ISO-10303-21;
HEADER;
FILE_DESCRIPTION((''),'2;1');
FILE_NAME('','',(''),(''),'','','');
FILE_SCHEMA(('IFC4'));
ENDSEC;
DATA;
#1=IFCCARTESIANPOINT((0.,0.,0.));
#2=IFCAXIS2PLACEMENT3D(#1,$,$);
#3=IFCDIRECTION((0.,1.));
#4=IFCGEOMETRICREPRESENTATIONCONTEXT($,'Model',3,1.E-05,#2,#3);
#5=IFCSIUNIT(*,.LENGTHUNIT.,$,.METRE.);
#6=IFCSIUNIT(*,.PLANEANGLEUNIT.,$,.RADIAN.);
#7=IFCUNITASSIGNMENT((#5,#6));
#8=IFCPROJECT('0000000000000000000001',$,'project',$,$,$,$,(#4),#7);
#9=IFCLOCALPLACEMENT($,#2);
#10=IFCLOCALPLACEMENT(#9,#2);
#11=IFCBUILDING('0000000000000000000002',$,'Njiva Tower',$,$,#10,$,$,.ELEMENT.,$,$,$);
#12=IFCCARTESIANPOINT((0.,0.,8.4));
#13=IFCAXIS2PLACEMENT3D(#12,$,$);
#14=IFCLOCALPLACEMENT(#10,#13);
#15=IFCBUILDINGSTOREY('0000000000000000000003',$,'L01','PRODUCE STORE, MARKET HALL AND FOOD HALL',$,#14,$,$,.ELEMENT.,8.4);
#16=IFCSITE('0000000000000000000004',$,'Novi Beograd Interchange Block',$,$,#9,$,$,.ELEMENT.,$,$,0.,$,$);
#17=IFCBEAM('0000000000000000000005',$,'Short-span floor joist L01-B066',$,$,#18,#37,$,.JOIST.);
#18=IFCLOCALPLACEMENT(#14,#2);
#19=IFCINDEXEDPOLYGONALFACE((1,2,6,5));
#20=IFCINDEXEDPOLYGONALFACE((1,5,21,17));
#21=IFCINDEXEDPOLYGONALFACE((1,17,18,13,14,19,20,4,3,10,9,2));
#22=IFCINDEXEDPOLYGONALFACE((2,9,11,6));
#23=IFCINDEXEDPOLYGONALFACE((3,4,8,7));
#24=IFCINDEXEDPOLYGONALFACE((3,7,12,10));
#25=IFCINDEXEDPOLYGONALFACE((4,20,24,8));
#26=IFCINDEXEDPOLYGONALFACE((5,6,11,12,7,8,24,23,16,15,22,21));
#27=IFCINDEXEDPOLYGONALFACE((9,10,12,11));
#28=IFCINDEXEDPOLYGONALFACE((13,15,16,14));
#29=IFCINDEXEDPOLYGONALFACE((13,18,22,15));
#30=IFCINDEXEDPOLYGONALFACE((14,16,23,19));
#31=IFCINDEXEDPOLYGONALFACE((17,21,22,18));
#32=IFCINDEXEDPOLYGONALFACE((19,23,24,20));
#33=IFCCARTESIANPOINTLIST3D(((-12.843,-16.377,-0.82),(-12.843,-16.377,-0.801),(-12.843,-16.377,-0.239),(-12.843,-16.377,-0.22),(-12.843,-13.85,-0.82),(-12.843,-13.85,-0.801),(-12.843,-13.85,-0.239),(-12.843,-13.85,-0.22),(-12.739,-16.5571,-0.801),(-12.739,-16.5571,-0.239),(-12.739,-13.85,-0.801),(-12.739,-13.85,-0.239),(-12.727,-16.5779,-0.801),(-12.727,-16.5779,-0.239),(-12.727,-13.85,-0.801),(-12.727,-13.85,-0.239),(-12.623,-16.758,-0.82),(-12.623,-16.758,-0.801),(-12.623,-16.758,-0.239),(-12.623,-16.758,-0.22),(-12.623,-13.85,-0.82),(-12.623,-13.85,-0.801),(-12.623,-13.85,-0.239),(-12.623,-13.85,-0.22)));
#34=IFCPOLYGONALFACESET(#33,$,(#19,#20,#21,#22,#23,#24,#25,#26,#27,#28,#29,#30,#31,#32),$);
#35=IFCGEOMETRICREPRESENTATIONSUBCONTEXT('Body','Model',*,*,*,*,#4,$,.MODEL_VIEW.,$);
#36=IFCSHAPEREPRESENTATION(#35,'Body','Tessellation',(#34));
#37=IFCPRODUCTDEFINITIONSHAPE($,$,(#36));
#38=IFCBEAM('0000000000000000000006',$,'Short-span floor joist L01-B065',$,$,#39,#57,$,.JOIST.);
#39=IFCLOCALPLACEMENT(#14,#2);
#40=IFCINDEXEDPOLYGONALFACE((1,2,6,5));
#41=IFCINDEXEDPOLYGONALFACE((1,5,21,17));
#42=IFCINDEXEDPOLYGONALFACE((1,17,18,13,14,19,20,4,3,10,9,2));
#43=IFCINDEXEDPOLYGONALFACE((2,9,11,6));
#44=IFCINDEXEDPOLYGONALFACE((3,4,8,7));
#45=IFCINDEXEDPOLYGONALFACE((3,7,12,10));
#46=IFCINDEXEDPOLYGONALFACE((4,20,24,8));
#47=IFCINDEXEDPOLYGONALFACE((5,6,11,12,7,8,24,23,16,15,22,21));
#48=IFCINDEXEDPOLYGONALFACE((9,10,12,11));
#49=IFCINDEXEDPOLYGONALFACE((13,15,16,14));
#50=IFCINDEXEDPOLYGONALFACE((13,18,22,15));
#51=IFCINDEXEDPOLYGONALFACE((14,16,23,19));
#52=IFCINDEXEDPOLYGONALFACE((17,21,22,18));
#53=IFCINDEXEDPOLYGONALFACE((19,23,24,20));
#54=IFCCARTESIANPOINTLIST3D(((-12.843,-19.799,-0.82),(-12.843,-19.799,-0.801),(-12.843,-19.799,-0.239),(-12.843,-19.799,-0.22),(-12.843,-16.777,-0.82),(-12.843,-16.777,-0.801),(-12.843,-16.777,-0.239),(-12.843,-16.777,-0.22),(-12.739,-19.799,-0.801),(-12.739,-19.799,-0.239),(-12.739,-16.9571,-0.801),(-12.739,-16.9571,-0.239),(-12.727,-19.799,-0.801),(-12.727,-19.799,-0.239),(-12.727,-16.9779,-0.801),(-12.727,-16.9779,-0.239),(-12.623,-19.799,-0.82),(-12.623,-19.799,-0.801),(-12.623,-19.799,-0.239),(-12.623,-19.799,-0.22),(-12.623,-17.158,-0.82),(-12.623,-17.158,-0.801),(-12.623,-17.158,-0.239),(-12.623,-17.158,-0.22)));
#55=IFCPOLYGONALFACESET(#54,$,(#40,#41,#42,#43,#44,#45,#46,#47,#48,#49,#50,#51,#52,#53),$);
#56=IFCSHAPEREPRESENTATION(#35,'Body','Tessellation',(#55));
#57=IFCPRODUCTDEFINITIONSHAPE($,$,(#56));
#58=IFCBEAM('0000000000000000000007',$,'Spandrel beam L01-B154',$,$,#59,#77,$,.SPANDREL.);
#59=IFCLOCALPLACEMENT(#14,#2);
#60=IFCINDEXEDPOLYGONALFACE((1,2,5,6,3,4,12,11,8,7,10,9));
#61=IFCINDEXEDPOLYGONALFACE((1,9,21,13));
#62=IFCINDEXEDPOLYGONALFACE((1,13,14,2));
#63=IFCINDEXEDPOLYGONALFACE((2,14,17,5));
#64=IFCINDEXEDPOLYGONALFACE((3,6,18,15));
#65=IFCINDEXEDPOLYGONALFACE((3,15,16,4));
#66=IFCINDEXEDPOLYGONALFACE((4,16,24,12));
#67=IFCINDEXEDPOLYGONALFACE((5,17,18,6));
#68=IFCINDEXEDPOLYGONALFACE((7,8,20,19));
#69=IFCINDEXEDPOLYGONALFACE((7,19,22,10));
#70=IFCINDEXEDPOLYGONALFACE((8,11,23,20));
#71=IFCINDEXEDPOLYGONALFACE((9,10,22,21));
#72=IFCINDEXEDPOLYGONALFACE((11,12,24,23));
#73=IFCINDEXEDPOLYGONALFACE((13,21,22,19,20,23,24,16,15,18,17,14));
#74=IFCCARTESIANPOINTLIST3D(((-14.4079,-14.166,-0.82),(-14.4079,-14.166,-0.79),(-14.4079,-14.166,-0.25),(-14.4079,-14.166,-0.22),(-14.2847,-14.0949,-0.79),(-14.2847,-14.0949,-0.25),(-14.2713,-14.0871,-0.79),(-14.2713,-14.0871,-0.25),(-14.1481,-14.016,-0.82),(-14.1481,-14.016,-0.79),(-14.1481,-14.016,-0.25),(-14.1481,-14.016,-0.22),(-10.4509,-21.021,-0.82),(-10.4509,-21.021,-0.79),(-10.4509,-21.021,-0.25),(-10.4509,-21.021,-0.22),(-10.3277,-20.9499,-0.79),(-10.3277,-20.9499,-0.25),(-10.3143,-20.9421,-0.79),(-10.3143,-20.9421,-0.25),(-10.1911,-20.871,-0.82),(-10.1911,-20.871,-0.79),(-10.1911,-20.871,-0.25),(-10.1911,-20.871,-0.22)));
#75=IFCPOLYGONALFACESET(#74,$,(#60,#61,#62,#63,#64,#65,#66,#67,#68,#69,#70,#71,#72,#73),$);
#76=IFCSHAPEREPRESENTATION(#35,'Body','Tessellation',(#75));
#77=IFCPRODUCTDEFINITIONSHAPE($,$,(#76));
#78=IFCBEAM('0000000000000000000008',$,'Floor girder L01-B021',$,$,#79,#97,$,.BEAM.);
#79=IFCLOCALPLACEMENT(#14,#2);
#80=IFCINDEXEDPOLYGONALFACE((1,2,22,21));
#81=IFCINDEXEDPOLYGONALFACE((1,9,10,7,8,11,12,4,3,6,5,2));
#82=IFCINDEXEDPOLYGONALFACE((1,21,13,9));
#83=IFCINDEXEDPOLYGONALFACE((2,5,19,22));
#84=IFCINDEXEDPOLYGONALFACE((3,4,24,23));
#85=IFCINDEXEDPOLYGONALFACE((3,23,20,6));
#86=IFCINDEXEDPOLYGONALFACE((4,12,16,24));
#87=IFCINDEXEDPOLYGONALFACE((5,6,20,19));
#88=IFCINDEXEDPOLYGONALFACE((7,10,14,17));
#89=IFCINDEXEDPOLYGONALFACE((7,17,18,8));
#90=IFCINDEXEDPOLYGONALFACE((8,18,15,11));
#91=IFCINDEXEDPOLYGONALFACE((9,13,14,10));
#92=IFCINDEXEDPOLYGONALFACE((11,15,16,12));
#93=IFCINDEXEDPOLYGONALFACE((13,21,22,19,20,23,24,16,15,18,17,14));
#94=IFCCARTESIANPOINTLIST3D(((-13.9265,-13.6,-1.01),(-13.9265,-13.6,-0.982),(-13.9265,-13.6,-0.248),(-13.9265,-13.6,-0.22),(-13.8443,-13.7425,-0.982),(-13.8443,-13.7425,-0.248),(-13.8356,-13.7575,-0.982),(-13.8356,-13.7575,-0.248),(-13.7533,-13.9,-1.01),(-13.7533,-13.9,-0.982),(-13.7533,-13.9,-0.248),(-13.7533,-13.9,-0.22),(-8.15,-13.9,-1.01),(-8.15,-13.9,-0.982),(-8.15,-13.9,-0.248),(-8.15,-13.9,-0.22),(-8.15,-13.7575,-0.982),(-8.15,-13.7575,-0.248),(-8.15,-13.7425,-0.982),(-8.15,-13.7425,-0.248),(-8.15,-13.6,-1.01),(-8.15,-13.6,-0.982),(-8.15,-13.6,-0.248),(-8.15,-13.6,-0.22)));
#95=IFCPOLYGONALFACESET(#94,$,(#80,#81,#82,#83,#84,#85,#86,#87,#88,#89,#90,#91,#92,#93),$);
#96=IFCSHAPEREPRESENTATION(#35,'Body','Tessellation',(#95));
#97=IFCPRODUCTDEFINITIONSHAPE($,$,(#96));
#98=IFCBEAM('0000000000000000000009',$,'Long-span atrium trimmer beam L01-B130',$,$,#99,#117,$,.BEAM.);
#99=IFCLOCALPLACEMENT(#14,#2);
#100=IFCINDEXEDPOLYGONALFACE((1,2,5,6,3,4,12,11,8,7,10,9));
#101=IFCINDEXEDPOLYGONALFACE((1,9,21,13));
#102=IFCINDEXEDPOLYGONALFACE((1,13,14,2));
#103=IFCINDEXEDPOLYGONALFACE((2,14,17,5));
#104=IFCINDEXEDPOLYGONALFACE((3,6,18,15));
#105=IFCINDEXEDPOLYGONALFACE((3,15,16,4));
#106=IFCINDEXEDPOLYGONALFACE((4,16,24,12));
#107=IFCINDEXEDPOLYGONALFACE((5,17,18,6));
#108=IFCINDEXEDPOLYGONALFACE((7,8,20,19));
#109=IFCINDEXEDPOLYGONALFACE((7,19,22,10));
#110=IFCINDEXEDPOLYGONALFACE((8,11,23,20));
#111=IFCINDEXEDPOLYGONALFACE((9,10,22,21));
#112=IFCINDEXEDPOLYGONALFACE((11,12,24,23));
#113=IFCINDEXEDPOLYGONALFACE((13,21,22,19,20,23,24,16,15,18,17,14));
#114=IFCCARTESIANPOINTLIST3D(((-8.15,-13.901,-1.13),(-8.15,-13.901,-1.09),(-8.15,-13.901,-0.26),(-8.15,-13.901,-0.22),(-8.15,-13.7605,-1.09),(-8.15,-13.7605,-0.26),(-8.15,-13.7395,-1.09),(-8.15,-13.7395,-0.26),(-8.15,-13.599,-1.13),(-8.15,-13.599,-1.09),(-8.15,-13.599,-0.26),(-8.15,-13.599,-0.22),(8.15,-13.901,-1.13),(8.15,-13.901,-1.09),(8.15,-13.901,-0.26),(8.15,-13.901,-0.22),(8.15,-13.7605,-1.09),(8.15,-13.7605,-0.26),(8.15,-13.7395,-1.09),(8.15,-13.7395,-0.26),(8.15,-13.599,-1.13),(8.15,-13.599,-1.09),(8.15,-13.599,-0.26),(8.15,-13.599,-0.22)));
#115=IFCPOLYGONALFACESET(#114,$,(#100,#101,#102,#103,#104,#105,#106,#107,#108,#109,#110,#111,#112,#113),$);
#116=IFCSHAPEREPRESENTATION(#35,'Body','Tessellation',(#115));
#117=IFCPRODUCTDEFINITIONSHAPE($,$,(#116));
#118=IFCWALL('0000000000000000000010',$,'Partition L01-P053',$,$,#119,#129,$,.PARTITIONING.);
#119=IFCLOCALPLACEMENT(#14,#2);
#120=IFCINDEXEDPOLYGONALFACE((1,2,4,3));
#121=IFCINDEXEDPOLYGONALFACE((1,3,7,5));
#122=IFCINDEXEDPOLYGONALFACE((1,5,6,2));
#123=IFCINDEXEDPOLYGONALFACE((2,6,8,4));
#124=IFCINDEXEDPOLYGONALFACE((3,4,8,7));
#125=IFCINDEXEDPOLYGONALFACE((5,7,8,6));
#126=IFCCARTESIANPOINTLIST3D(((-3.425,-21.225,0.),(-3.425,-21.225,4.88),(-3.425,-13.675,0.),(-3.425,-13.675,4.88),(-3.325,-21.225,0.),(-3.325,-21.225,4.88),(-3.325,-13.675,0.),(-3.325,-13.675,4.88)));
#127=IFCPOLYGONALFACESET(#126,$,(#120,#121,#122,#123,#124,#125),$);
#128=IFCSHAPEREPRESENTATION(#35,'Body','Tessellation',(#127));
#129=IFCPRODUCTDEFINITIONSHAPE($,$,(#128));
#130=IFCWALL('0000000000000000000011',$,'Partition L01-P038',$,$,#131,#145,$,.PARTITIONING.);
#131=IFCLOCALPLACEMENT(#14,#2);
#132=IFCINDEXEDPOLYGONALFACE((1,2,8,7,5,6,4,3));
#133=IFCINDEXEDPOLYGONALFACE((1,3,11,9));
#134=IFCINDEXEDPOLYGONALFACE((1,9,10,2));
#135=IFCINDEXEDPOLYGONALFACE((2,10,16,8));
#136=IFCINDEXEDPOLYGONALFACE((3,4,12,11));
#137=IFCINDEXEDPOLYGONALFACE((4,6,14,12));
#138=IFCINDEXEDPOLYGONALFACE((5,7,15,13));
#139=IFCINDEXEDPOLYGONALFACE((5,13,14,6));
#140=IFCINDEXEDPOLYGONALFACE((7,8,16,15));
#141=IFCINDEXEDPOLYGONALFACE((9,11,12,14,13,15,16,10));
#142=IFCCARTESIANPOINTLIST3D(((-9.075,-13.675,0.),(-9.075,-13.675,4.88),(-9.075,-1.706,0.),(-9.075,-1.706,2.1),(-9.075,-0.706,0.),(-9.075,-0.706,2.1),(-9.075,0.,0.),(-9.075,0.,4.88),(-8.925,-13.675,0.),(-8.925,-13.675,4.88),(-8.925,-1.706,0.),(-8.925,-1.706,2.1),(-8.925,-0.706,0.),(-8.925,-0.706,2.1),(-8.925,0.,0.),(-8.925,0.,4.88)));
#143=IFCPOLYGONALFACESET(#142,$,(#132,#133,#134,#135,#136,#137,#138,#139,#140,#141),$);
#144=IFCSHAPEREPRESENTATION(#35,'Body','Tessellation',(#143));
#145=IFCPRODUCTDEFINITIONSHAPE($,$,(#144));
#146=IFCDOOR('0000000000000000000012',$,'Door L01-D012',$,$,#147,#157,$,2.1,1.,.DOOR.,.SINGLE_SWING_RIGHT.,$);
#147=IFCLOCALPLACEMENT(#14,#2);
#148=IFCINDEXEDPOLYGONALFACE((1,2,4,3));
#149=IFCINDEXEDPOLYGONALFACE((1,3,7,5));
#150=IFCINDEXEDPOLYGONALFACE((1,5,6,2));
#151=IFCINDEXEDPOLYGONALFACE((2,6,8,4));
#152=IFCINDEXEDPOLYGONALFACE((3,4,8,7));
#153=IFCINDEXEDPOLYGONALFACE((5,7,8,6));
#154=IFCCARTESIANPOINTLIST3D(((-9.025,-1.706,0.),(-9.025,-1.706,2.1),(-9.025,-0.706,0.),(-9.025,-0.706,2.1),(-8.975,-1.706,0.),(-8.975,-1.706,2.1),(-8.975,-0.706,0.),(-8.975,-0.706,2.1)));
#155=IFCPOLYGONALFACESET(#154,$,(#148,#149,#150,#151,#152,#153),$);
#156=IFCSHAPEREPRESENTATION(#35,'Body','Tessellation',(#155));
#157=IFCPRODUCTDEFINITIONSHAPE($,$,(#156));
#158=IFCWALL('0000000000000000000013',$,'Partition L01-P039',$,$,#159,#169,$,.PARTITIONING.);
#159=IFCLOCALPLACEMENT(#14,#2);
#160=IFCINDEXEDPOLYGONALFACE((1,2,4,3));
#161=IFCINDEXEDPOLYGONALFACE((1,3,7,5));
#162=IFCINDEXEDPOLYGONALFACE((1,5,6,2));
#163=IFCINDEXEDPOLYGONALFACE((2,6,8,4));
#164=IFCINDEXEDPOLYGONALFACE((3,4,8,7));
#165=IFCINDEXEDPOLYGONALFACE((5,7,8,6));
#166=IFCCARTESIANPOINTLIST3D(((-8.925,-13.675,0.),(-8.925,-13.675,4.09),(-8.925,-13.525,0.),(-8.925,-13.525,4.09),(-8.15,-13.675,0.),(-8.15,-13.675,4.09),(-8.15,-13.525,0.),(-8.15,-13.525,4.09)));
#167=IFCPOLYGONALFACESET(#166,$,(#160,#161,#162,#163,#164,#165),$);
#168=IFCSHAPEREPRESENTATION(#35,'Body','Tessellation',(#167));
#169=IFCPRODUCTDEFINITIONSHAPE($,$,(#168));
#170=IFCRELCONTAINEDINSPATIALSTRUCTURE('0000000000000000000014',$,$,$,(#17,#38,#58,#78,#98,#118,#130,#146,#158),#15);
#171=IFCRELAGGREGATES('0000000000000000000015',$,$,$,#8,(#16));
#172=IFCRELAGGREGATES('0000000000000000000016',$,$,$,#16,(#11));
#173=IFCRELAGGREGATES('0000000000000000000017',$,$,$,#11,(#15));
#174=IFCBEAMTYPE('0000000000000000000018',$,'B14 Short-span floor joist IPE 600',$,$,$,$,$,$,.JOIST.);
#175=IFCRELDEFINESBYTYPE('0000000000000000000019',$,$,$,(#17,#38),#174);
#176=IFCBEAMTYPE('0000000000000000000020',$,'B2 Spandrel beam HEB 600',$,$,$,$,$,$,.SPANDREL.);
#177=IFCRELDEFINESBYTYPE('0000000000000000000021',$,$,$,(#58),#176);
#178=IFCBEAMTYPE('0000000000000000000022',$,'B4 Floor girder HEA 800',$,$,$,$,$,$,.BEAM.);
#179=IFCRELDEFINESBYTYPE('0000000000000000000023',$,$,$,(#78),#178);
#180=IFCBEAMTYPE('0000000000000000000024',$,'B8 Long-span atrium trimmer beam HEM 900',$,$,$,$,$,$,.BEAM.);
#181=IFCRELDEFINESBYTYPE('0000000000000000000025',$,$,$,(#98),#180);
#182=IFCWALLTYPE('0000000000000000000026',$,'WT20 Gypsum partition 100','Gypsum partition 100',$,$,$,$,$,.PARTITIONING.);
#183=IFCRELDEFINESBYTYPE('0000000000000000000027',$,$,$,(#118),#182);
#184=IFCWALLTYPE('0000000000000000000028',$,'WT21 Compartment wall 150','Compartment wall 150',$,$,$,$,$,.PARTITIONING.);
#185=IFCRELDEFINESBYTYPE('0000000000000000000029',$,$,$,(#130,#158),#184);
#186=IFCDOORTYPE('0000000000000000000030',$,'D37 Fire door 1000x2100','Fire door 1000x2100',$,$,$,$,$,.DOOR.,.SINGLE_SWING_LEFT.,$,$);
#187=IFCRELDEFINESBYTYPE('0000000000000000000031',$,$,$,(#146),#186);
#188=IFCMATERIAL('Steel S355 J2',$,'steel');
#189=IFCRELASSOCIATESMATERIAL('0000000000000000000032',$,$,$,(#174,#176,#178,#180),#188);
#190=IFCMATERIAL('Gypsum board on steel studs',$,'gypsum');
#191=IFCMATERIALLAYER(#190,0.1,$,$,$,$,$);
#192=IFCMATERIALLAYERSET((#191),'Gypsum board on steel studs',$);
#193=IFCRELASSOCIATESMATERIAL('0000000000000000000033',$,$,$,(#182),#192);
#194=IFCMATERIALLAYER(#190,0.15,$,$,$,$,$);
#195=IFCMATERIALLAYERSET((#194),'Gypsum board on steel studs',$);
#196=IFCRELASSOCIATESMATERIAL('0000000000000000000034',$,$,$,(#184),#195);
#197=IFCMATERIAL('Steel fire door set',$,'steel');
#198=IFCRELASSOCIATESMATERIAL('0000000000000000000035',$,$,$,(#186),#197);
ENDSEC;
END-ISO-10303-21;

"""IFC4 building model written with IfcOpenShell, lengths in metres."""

from ifc_helpers import new_model, si_unit, direction, frame, frame_2d, origin, origin_2d, place, context, subcontext, project, spatial, rectangle, i_section, extrude, clip, halfspace, material, layer, layer_set, material_profile, profile_set, type_object, element, fill, save


model = new_model("IFC4")

# Units and contexts
model_context = context("Model", 3, precision=1e-05, world=origin(), true_north=direction((0.0, 1.0)))
body_context = subcontext(model_context, "Body", "Model", "MODEL_VIEW")
ifc_project = project(units=[si_unit("LENGTHUNIT", "METRE"), si_unit("PLANEANGLEUNIT", "RADIAN")], contexts=[model_context])

# Site, building, storey
site_placement = place(None, origin())
site = spatial("IfcSite", under=ifc_project, at=site_placement, Name="Novi Beograd Interchange Block", CompositionType="ELEMENT", RefElevation=0.0)
building_placement = place(site_placement, origin())
building = spatial("IfcBuilding", under=site, at=building_placement, Name="Njiva Tower", CompositionType="ELEMENT")
storey_placement = place(building_placement, frame((0.0, 0.0, 8.4)))
storey = spatial("IfcBuildingStorey", under=building, at=storey_placement, Name="L01", Description="PRODUCE STORE, MARKET HALL AND FOOD HALL", CompositionType="ELEMENT", Elevation=8.4)

# Shared definitions
ifc_material_1 = material(Name="Steel S355 J2", Category="steel")

# Beams
ifc_material_profile_1 = material_profile(ifc_material_1, i_section(OverallWidth=0.22, OverallDepth=0.6, WebThickness=0.012, FlangeThickness=0.019, at=origin_2d()), Name="IPE 600")
ifc_profile_set_1 = profile_set([ifc_material_profile_1], Name="Steel S355 J2")
beam_type_1 = type_object("IfcBeamType", Name="B14 Short-span floor joist IPE 600", PredefinedType="JOIST", material=ifc_profile_set_1)
beam_1_placement = place(storey_placement, frame((-12.733, -13.85, -0.52), z_axis=(0.0, -1.0, 0.0), x_axis=(1.0, 0.0, 0.0)))
element("IfcBeam", 1, at=beam_1_placement, inside=storey, type_object=beam_type_1, Name="Short-span floor joist L01-B066", PredefinedType="JOIST", context=body_context, shape_type="Clipping", body=[
    clip(extrude(i_section(OverallWidth=0.22, OverallDepth=0.6, WebThickness=0.012, FlangeThickness=0.019, at=origin_2d()), origin(), (0.0, 0.0, 1.0), 2.928), halfspace(frame((-0.0436, 0.0, 2.642), z_axis=(-0.866027, 0.0, 0.499998), x_axis=(0.0, 1.0, 0.0)), False)),
])
beam_2_placement = place(storey_placement, frame((-12.733, -16.756, -0.52), z_axis=(0.0, -1.0, 0.0), x_axis=(1.0, 0.0, 0.0)))
element("IfcBeam", 2, at=beam_2_placement, inside=storey, type_object=beam_type_1, Name="Short-span floor joist L01-B065", PredefinedType="JOIST", context=body_context, shape_type="Clipping", body=[
    clip(extrude(i_section(OverallWidth=0.22, OverallDepth=0.6, WebThickness=0.012, FlangeThickness=0.019, at=origin_2d()), origin(), (0.0, 0.0, 1.0), 3.043), halfspace(frame((0.043, 0.0, 0.286), z_axis=(0.866027, 0.0, -0.499998), x_axis=(0.0, -1.0, 0.0)), False)),
])
ifc_material_profile_2 = material_profile(ifc_material_1, i_section(OverallWidth=0.3, OverallDepth=0.6, WebThickness=0.0155, FlangeThickness=0.03, at=origin_2d()), Name="HEB 600")
ifc_profile_set_2 = profile_set([ifc_material_profile_2], Name="Steel S355 J2")
beam_type_2 = type_object("IfcBeamType", Name="B2 Spandrel beam HEB 600", PredefinedType="SPANDREL", material=ifc_profile_set_2)
beam_3_placement = place(storey_placement, frame((-14.278, -14.091, -0.52), z_axis=(0.49993, -0.866066, 0.0), x_axis=(0.866066, 0.49993, 0.0)))
element("IfcBeam", 3, at=beam_3_placement, inside=storey, type_object=beam_type_2, Name="Spandrel beam L01-B154", PredefinedType="SPANDREL", context=body_context, shape_type="SweptSolid", body=[
    extrude(i_section(OverallWidth=0.3, OverallDepth=0.6, WebThickness=0.0155, FlangeThickness=0.03, at=origin_2d()), origin(), (0.0, 0.0, 1.0), 7.9151),
])
ifc_material_profile_3 = material_profile(ifc_material_1, i_section(OverallWidth=0.3, OverallDepth=0.79, WebThickness=0.015, FlangeThickness=0.028, at=origin_2d()), Name="HEA 800")
ifc_profile_set_3 = profile_set([ifc_material_profile_3], Name="Steel S355 J2")
beam_type_3 = type_object("IfcBeamType", Name="B4 Floor girder HEA 800", PredefinedType="BEAM", material=ifc_profile_set_3)
beam_4_placement = place(storey_placement, frame((-13.947, -13.75, -0.615), z_axis=(1.0, 0.0, 0.0), x_axis=(0.0, 1.0, 0.0)))
element("IfcBeam", 4, at=beam_4_placement, inside=storey, type_object=beam_type_3, Name="Floor girder L01-B021", PredefinedType="BEAM", context=body_context, shape_type="Clipping", body=[
    clip(extrude(i_section(OverallWidth=0.3, OverallDepth=0.79, WebThickness=0.015, FlangeThickness=0.028, at=origin_2d()), origin(), (0.0, 0.0, 1.0), 5.797), halfspace(frame((-0.025, 0.0, 0.1215), z_axis=(-0.499998, 0.0, -0.866027), x_axis=(0.0, -1.0, 0.0)), False)),
])
ifc_material_profile_4 = material_profile(ifc_material_1, i_section(OverallWidth=0.302, OverallDepth=0.91, WebThickness=0.021, FlangeThickness=0.04, at=origin_2d()), Name="HEM 900")
ifc_profile_set_4 = profile_set([ifc_material_profile_4], Name="Steel S355 J2")
beam_type_4 = type_object("IfcBeamType", Name="B8 Long-span atrium trimmer beam HEM 900", PredefinedType="BEAM", material=ifc_profile_set_4)
beam_5_placement = place(storey_placement, frame((-8.15, -13.75, -0.675), z_axis=(1.0, 0.0, 0.0), x_axis=(0.0, 1.0, 0.0)))
element("IfcBeam", 5, at=beam_5_placement, inside=storey, type_object=beam_type_4, Name="Long-span atrium trimmer beam L01-B130", PredefinedType="BEAM", context=body_context, shape_type="SweptSolid", body=[
    extrude(i_section(OverallWidth=0.302, OverallDepth=0.91, WebThickness=0.021, FlangeThickness=0.04, at=origin_2d()), origin(), (0.0, 0.0, 1.0), 16.3),
])

# Wall
ifc_material_2 = material(Name="Gypsum board on steel studs", Category="gypsum")
ifc_layer_1 = layer(ifc_material_2, 0.1)
ifc_layer_set_1 = layer_set([ifc_layer_1], Name="Gypsum board on steel studs")
wall_type_1 = type_object("IfcWallType", Name="WT20 Gypsum partition 100", Description="Gypsum partition 100", PredefinedType="PARTITIONING", material=ifc_layer_set_1)
wall_1_placement = place(storey_placement, frame((-3.375, -21.225, 0.0), z_axis=(0.0, 0.0, 1.0), x_axis=(0.0, 1.0, 0.0)))
element("IfcWall", 6, at=wall_1_placement, inside=storey, type_object=wall_type_1, Name="Partition L01-P053", PredefinedType="PARTITIONING", context=body_context, shape_type="SweptSolid", body=[
    extrude(rectangle(XDim=7.55, YDim=0.1, at=frame_2d((3.775, 0.0))), origin(), (0.0, 0.0, 1.0), 4.88),
])

# Wall, opening, door
ifc_layer_2 = layer(ifc_material_2, 0.15)
ifc_layer_set_2 = layer_set([ifc_layer_2], Name="Gypsum board on steel studs")
wall_type_2 = type_object("IfcWallType", Name="WT21 Compartment wall 150", Description="Compartment wall 150", PredefinedType="PARTITIONING", material=ifc_layer_set_2)
wall_2_placement = place(storey_placement, frame((-9.0, -13.675, 0.0), z_axis=(0.0, 0.0, 1.0), x_axis=(0.0, 1.0, 0.0)))
wall_2 = element("IfcWall", 7, at=wall_2_placement, inside=storey, type_object=wall_type_2, Name="Partition L01-P038", PredefinedType="PARTITIONING", context=body_context, shape_type="SweptSolid", body=[
    extrude(rectangle(XDim=13.675, YDim=0.15, at=frame_2d((6.8375, 0.0))), origin(), (0.0, 0.0, 1.0), 4.88),
])
opening_1_placement = place(wall_2_placement, frame((11.969, 0.0, 0.0)))
opening_1 = element("IfcOpeningElement", 8, at=opening_1_placement, cuts=wall_2, PredefinedType="OPENING", context=body_context, shape_type="SweptSolid", body=[
    extrude(rectangle(XDim=1.0, YDim=2.1, at=frame_2d((0.5, 1.05))), frame((0.0, 0.085, 0.0), z_axis=(0.0, -1.0, 0.0), x_axis=(1.0, 0.0, 0.0)), (0.0, 0.0, 1.0), 0.17),
])
ifc_material_3 = material(Name="Steel fire door set", Category="steel")
door_type_1 = type_object("IfcDoorType", Name="D37 Fire door 1000x2100", Description="Fire door 1000x2100", OperationType="SINGLE_SWING_LEFT", PredefinedType="DOOR", material=ifc_material_3)
door_1_placement = place(opening_1_placement, origin())
door_1 = element("IfcDoor", 9, at=door_1_placement, inside=storey, type_object=door_type_1, Name="Door L01-D012", OperationType="SINGLE_SWING_RIGHT", OverallHeight=2.1, OverallWidth=1.0, PredefinedType="DOOR", context=body_context, shape_type="SweptSolid", body=[
    extrude(rectangle(XDim=1.0, YDim=2.1, at=frame_2d((0.5, 1.05))), frame((0.0, 0.025, 0.0), z_axis=(0.0, -1.0, 0.0), x_axis=(1.0, 0.0, 0.0)), (0.0, 0.0, 1.0), 0.05),
])
fill(opening_1, door_1)

# Wall
wall_3_placement = place(storey_placement, frame((-8.925, -13.6, 0.0), z_axis=(0.0, 0.0, 1.0), x_axis=(1.0, 0.0, 0.0)))
element("IfcWall", 10, at=wall_3_placement, inside=storey, type_object=wall_type_2, Name="Partition L01-P039", PredefinedType="PARTITIONING", context=body_context, shape_type="SweptSolid", body=[
    extrude(rectangle(XDim=0.775, YDim=0.15, at=frame_2d((0.3875, 0.0))), origin(), (0.0, 0.0, 1.0), 4.09),
])

save(model, "model.ifc")
